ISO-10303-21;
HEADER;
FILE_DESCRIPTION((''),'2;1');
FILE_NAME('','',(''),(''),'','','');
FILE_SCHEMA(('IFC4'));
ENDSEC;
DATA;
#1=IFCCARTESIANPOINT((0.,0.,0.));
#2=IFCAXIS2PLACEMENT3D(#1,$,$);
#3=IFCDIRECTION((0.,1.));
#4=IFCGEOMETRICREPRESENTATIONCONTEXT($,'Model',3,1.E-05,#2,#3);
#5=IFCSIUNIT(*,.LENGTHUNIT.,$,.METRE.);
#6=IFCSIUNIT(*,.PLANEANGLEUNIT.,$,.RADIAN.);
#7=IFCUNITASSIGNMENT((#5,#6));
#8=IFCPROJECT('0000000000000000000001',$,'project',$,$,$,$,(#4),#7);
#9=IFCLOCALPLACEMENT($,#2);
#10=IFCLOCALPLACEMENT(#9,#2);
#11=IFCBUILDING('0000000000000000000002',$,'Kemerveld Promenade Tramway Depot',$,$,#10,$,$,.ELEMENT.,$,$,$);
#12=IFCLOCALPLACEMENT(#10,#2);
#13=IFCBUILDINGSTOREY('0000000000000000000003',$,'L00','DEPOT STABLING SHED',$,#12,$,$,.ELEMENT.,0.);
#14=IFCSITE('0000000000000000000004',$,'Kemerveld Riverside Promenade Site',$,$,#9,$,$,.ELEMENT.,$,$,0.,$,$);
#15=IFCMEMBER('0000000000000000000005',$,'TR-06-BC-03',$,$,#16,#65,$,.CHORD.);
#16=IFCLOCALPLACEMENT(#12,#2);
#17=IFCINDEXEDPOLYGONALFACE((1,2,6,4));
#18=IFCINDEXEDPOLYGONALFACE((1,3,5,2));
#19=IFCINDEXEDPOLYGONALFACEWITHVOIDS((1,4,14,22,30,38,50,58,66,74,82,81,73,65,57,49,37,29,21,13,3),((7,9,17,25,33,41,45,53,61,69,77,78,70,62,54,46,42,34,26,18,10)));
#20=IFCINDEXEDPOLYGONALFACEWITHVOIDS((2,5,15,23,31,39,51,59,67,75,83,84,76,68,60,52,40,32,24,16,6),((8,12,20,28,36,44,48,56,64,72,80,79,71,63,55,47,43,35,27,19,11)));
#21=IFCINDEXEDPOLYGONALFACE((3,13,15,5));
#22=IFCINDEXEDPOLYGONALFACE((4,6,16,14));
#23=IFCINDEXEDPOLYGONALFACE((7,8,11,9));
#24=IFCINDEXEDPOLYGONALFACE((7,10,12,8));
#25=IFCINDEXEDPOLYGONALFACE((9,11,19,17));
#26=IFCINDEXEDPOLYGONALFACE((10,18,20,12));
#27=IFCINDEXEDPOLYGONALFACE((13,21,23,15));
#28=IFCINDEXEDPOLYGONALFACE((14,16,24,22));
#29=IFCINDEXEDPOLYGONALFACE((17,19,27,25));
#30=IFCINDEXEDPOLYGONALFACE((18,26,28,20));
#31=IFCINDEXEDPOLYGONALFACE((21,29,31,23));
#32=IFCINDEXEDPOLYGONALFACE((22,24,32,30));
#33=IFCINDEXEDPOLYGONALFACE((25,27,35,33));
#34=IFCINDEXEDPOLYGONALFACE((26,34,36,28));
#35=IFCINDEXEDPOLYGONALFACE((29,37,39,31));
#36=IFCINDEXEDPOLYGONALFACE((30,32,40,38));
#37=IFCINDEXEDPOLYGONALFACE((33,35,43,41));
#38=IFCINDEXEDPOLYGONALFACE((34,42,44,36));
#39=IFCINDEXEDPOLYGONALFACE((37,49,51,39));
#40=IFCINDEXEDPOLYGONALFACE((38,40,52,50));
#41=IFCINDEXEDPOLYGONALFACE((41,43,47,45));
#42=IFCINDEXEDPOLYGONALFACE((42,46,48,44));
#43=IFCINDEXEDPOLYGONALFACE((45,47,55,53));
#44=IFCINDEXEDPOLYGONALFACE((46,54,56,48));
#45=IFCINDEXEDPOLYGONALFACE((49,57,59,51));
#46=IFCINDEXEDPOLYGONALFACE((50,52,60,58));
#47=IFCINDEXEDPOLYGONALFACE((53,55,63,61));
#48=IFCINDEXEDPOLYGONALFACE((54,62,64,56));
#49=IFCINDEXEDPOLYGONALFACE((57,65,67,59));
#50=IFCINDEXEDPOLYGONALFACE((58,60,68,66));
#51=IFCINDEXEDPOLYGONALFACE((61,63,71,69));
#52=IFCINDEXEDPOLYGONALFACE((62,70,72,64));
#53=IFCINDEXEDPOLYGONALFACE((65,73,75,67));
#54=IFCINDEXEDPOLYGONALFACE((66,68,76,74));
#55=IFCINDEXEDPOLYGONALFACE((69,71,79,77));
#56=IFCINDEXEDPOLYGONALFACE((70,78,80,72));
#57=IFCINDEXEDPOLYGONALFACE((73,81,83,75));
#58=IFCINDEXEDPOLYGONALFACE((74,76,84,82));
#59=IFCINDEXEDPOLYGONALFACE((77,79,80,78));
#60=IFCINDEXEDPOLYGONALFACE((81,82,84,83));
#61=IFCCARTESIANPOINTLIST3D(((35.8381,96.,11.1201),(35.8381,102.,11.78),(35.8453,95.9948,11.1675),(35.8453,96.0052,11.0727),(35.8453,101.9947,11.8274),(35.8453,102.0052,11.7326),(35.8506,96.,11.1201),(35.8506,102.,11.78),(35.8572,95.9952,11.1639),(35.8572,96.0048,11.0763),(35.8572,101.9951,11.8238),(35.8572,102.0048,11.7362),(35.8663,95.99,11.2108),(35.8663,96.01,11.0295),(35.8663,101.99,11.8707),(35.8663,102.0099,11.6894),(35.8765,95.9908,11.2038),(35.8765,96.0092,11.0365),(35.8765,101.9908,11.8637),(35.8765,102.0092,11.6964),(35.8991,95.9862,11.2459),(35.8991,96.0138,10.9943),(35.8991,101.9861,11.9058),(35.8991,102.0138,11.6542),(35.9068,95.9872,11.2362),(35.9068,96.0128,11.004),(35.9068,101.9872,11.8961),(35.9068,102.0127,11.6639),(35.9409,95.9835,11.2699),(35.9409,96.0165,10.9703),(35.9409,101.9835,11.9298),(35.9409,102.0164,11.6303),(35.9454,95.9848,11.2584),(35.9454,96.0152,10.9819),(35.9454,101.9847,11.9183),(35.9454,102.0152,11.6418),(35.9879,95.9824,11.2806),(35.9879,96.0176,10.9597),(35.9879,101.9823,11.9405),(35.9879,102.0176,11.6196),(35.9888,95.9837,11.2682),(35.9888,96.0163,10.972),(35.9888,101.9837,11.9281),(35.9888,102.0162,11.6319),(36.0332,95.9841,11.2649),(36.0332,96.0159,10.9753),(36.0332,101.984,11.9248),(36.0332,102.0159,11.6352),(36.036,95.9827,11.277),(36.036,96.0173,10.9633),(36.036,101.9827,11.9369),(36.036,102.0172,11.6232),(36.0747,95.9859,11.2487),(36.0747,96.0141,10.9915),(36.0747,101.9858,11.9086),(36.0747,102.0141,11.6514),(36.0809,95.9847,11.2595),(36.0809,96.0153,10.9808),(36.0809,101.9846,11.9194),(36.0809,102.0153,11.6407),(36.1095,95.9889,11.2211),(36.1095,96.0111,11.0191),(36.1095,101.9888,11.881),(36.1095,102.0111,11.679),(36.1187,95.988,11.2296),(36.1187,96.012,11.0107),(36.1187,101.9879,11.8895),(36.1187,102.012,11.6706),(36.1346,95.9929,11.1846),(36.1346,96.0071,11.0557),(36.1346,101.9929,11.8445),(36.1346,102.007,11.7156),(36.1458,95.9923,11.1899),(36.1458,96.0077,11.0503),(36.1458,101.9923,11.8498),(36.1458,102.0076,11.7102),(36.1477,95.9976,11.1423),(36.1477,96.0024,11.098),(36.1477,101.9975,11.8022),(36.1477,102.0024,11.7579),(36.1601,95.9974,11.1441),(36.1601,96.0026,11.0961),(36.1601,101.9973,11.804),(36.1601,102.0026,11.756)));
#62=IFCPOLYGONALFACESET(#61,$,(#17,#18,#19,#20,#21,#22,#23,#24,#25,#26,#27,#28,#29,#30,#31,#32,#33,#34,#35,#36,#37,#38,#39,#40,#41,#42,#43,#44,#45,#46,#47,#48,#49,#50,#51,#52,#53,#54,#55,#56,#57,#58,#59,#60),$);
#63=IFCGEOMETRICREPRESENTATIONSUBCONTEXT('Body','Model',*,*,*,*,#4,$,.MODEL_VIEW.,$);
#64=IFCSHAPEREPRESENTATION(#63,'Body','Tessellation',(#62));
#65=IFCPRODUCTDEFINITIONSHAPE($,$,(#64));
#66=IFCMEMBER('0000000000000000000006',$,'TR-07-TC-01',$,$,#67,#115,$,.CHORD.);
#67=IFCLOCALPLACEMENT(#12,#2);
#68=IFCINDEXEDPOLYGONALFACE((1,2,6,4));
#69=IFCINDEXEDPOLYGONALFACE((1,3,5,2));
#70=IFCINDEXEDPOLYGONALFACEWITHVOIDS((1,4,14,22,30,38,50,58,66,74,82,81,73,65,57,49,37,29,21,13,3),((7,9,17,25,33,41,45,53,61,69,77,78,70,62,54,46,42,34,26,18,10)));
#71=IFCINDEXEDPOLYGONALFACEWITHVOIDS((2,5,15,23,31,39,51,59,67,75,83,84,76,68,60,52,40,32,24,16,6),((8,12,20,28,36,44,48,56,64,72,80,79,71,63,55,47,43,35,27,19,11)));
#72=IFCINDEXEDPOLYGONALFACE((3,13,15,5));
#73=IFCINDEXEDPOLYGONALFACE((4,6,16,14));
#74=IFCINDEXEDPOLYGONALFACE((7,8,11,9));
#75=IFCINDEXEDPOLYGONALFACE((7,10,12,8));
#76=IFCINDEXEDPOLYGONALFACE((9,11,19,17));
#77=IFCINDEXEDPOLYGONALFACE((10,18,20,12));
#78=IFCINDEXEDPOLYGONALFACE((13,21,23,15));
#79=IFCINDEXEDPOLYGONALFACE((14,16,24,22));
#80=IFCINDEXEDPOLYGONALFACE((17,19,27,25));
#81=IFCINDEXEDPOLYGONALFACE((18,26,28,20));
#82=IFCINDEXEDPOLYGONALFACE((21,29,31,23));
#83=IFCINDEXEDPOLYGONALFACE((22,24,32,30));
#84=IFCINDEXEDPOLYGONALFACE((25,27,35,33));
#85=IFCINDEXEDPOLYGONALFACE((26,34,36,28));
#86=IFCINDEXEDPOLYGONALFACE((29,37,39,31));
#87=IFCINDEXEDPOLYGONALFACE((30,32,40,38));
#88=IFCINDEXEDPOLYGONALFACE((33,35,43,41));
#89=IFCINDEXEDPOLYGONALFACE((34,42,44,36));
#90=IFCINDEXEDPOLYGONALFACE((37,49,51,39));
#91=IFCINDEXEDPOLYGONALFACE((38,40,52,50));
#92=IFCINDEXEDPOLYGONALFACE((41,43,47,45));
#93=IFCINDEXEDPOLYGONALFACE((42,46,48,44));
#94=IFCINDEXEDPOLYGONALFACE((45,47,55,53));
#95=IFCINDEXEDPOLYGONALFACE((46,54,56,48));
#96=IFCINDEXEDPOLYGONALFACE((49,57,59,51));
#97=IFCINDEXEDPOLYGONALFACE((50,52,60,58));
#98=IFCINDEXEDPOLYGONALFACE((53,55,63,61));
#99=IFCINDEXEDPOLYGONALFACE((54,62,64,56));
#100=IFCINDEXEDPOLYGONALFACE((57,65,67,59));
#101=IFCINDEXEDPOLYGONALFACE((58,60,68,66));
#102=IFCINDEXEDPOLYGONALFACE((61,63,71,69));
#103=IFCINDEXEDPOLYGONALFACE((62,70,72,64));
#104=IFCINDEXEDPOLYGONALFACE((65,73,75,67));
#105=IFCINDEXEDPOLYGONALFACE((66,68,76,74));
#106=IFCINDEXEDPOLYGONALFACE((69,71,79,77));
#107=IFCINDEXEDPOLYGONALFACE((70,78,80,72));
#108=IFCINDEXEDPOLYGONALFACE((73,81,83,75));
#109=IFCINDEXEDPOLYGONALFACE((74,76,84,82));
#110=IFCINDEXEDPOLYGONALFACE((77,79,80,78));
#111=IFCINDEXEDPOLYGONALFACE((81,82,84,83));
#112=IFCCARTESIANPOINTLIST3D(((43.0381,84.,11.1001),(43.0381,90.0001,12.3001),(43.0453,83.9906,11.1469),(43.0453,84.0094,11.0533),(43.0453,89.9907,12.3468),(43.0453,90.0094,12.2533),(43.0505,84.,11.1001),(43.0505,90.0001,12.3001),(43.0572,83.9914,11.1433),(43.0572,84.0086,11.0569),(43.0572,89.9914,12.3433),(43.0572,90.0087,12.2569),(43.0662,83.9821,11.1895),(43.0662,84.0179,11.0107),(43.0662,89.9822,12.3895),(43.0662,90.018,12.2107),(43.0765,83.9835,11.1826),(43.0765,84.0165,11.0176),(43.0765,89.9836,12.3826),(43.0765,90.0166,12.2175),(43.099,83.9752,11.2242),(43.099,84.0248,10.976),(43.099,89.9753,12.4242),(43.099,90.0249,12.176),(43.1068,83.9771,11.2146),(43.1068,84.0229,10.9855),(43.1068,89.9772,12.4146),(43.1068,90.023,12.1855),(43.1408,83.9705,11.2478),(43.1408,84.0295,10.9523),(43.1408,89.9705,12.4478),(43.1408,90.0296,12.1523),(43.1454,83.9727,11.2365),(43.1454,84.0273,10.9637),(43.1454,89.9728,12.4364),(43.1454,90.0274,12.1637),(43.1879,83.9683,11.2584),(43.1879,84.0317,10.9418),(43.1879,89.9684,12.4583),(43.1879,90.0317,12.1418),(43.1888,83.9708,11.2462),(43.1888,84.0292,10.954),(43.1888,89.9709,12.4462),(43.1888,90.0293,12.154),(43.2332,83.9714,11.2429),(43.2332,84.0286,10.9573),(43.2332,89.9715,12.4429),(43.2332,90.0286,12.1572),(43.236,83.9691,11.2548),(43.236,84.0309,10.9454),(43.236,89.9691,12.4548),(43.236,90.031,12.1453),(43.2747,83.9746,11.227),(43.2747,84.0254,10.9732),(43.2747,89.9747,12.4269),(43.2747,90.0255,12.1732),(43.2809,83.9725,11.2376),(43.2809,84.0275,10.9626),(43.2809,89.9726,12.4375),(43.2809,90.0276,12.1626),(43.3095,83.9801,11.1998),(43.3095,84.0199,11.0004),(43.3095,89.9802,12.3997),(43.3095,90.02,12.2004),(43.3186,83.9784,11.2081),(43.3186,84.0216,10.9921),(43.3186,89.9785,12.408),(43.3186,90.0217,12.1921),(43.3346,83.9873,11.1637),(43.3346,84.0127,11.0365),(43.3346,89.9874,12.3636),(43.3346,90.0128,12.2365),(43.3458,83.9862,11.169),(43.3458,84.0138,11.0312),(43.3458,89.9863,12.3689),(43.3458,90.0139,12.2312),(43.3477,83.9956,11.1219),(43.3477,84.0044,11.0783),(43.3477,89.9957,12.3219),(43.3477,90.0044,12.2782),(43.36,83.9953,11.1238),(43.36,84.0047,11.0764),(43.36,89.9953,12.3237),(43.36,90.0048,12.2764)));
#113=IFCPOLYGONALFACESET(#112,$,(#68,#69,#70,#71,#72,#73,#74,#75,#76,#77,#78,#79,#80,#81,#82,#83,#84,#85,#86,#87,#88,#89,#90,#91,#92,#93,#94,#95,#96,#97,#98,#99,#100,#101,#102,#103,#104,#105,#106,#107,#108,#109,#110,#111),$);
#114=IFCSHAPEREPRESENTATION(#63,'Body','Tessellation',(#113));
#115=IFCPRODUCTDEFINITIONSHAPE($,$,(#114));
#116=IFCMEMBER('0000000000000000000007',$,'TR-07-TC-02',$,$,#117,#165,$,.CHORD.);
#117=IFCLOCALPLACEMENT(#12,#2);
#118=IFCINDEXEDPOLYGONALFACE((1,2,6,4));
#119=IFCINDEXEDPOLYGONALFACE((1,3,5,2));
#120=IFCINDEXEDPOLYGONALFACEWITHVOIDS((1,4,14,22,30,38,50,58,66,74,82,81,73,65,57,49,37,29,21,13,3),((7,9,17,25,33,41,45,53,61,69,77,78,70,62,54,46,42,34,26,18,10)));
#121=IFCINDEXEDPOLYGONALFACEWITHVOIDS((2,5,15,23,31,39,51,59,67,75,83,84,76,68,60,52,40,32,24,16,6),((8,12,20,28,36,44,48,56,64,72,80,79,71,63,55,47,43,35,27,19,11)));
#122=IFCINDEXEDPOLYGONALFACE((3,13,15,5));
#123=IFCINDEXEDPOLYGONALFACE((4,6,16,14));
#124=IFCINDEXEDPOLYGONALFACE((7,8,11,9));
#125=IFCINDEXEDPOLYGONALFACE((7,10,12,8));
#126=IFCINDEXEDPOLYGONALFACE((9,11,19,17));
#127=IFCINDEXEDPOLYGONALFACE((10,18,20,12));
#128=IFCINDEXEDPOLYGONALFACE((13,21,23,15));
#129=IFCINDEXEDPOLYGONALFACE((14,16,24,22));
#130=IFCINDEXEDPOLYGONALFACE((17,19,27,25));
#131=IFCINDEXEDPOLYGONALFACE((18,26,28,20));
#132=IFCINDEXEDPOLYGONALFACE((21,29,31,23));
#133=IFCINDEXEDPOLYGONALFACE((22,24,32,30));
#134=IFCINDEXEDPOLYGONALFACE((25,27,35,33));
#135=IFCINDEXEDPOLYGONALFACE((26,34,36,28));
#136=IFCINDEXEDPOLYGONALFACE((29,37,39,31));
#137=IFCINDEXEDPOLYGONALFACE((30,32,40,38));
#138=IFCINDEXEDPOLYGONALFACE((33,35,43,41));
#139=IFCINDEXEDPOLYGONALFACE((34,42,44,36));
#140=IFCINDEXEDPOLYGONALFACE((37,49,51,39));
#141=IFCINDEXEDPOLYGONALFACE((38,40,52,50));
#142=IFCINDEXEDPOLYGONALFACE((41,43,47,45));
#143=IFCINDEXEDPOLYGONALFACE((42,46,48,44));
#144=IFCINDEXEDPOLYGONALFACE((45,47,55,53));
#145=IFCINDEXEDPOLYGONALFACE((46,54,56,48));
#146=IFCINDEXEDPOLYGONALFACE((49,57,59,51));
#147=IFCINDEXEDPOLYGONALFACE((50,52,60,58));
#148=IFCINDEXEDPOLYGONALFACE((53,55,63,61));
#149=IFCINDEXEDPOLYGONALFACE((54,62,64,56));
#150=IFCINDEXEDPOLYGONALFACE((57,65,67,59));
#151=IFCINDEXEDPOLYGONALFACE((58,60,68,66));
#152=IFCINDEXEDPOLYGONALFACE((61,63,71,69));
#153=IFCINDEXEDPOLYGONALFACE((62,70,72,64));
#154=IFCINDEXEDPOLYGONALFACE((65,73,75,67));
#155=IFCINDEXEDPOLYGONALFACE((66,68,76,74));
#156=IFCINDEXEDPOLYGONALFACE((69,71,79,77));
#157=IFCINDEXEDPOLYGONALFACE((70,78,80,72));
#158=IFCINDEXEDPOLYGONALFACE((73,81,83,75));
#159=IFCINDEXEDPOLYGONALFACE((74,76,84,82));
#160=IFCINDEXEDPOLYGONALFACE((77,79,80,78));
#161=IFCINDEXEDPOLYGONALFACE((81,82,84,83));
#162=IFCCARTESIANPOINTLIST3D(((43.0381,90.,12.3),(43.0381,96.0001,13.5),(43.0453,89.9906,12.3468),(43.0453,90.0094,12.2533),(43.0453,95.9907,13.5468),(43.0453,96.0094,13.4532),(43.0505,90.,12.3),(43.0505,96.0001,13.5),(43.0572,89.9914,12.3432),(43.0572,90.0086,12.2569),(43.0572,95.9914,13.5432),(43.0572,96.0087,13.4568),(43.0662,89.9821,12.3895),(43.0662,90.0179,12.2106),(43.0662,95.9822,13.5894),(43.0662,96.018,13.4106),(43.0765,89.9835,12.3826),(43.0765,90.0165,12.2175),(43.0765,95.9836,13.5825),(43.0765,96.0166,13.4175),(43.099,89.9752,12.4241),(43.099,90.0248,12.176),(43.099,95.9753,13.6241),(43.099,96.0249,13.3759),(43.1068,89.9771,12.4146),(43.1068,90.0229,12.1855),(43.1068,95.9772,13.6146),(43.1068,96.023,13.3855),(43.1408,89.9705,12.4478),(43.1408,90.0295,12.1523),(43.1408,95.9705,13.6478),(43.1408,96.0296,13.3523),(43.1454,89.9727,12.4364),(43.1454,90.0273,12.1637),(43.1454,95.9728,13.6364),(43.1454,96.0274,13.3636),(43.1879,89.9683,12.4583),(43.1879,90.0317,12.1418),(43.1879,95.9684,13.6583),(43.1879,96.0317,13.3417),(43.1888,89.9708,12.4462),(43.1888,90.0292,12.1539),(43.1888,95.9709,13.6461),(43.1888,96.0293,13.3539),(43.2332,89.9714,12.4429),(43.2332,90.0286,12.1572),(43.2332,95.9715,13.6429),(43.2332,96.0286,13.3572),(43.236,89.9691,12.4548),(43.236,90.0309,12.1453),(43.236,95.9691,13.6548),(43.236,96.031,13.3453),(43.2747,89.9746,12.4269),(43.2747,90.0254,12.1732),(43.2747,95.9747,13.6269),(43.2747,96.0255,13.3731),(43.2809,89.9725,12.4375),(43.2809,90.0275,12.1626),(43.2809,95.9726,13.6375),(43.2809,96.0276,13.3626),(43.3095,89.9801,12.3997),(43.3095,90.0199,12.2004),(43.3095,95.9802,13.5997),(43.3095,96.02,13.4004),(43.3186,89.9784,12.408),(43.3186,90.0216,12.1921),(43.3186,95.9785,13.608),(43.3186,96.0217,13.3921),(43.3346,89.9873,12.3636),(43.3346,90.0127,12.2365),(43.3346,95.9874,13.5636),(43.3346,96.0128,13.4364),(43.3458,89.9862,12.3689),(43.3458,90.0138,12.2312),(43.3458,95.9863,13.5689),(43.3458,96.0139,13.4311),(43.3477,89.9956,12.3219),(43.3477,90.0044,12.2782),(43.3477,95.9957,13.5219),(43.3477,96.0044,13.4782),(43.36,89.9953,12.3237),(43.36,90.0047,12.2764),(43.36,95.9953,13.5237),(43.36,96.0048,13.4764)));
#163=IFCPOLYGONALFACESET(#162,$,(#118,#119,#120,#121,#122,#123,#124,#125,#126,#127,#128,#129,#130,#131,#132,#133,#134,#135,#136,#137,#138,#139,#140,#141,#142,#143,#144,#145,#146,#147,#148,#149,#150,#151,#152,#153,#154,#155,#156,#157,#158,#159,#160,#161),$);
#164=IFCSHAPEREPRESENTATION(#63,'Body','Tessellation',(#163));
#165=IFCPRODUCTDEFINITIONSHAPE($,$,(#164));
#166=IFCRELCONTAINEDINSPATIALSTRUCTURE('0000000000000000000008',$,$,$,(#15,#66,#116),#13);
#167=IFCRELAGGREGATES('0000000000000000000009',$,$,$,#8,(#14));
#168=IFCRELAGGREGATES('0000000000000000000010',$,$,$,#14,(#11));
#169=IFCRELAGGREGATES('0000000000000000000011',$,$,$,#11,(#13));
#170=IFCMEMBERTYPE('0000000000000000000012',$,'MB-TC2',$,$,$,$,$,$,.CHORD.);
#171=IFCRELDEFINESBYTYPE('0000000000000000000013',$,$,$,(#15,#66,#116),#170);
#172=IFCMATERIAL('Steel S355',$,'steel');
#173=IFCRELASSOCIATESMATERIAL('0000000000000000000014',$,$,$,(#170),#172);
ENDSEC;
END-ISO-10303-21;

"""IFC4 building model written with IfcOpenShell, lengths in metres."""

from ifc_helpers import new_model, si_unit, direction, frame, origin, origin_2d, place, context, subcontext, project, spatial, hollow_circle, extrude, material, material_profile, profile_set, type_object, element, save


model = new_model("IFC4")

# Units and contexts
model_context = context("Model", 3, precision=1e-05, world=origin(), true_north=direction((0.0, 1.0)))
body_context = subcontext(model_context, "Body", "Model", "MODEL_VIEW")
ifc_project = project(units=[si_unit("LENGTHUNIT", "METRE"), si_unit("PLANEANGLEUNIT", "RADIAN")], contexts=[model_context])

# Site, building, storey
site_placement = place(None, origin())
site = spatial("IfcSite", under=ifc_project, at=site_placement, Name="Kemerveld Riverside Promenade Site", CompositionType="ELEMENT", RefElevation=0.0)
building_placement = place(site_placement, origin())
building = spatial("IfcBuilding", under=site, at=building_placement, Name="Kemerveld Promenade Tramway Depot", CompositionType="ELEMENT")
storey_placement = place(building_placement, origin())
storey = spatial("IfcBuildingStorey", under=building, at=storey_placement, Name="L00", Description="DEPOT STABLING SHED", CompositionType="ELEMENT", Elevation=0.0)

# Shared definitions
ifc_material_1 = material(Name="Steel S355", Category="steel")

# Members
ifc_material_profile_1 = material_profile(ifc_material_1, hollow_circle(Radius=0.1619, WallThickness=0.0125, at=origin_2d()), Name="323.9x12.5 CHS")
ifc_profile_set_1 = profile_set([ifc_material_profile_1], Name="Steel S355")
member_type_1 = type_object("IfcMemberType", Name="MB-TC2", PredefinedType="CHORD", material=ifc_profile_set_1)
for number, where, z_axis, x_axis, name in (
    (1, (36.0, 96.0, 11.1201), (0.0, 0.994006, 0.109326), (-1.0, 0.0, 0.0), "TR-06-BC-03"),
):
    element("IfcMember", number, at=place(storey_placement, frame(where, z_axis=z_axis, x_axis=x_axis)), inside=storey, type_object=member_type_1, Name=name, PredefinedType="CHORD", context=body_context, shape_type="SweptSolid", body=[
        extrude(hollow_circle(Radius=0.1619, WallThickness=0.0125, at=origin_2d()), origin(), (0.0, 0.0, 1.0), 6.0361),
    ])
for number, where, z_axis, x_axis, name in (
    (2, (43.2, 84.0, 11.1001), (0.0, 0.980582, 0.196108), (-1.0, 0.0, 0.0), "TR-07-TC-01"),
    (3, (43.2, 90.0, 12.3), (0.0, 0.980582, 0.196108), (-1.0, 0.0, 0.0), "TR-07-TC-02"),
):
    element("IfcMember", number, at=place(storey_placement, frame(where, z_axis=z_axis, x_axis=x_axis)), inside=storey, type_object=member_type_1, Name=name, PredefinedType="CHORD", context=body_context, shape_type="SweptSolid", body=[
        extrude(hollow_circle(Radius=0.1619, WallThickness=0.0125, at=origin_2d()), origin(), (0.0, 0.0, 1.0), 6.1189),
    ])

save(model, "model.ifc")
